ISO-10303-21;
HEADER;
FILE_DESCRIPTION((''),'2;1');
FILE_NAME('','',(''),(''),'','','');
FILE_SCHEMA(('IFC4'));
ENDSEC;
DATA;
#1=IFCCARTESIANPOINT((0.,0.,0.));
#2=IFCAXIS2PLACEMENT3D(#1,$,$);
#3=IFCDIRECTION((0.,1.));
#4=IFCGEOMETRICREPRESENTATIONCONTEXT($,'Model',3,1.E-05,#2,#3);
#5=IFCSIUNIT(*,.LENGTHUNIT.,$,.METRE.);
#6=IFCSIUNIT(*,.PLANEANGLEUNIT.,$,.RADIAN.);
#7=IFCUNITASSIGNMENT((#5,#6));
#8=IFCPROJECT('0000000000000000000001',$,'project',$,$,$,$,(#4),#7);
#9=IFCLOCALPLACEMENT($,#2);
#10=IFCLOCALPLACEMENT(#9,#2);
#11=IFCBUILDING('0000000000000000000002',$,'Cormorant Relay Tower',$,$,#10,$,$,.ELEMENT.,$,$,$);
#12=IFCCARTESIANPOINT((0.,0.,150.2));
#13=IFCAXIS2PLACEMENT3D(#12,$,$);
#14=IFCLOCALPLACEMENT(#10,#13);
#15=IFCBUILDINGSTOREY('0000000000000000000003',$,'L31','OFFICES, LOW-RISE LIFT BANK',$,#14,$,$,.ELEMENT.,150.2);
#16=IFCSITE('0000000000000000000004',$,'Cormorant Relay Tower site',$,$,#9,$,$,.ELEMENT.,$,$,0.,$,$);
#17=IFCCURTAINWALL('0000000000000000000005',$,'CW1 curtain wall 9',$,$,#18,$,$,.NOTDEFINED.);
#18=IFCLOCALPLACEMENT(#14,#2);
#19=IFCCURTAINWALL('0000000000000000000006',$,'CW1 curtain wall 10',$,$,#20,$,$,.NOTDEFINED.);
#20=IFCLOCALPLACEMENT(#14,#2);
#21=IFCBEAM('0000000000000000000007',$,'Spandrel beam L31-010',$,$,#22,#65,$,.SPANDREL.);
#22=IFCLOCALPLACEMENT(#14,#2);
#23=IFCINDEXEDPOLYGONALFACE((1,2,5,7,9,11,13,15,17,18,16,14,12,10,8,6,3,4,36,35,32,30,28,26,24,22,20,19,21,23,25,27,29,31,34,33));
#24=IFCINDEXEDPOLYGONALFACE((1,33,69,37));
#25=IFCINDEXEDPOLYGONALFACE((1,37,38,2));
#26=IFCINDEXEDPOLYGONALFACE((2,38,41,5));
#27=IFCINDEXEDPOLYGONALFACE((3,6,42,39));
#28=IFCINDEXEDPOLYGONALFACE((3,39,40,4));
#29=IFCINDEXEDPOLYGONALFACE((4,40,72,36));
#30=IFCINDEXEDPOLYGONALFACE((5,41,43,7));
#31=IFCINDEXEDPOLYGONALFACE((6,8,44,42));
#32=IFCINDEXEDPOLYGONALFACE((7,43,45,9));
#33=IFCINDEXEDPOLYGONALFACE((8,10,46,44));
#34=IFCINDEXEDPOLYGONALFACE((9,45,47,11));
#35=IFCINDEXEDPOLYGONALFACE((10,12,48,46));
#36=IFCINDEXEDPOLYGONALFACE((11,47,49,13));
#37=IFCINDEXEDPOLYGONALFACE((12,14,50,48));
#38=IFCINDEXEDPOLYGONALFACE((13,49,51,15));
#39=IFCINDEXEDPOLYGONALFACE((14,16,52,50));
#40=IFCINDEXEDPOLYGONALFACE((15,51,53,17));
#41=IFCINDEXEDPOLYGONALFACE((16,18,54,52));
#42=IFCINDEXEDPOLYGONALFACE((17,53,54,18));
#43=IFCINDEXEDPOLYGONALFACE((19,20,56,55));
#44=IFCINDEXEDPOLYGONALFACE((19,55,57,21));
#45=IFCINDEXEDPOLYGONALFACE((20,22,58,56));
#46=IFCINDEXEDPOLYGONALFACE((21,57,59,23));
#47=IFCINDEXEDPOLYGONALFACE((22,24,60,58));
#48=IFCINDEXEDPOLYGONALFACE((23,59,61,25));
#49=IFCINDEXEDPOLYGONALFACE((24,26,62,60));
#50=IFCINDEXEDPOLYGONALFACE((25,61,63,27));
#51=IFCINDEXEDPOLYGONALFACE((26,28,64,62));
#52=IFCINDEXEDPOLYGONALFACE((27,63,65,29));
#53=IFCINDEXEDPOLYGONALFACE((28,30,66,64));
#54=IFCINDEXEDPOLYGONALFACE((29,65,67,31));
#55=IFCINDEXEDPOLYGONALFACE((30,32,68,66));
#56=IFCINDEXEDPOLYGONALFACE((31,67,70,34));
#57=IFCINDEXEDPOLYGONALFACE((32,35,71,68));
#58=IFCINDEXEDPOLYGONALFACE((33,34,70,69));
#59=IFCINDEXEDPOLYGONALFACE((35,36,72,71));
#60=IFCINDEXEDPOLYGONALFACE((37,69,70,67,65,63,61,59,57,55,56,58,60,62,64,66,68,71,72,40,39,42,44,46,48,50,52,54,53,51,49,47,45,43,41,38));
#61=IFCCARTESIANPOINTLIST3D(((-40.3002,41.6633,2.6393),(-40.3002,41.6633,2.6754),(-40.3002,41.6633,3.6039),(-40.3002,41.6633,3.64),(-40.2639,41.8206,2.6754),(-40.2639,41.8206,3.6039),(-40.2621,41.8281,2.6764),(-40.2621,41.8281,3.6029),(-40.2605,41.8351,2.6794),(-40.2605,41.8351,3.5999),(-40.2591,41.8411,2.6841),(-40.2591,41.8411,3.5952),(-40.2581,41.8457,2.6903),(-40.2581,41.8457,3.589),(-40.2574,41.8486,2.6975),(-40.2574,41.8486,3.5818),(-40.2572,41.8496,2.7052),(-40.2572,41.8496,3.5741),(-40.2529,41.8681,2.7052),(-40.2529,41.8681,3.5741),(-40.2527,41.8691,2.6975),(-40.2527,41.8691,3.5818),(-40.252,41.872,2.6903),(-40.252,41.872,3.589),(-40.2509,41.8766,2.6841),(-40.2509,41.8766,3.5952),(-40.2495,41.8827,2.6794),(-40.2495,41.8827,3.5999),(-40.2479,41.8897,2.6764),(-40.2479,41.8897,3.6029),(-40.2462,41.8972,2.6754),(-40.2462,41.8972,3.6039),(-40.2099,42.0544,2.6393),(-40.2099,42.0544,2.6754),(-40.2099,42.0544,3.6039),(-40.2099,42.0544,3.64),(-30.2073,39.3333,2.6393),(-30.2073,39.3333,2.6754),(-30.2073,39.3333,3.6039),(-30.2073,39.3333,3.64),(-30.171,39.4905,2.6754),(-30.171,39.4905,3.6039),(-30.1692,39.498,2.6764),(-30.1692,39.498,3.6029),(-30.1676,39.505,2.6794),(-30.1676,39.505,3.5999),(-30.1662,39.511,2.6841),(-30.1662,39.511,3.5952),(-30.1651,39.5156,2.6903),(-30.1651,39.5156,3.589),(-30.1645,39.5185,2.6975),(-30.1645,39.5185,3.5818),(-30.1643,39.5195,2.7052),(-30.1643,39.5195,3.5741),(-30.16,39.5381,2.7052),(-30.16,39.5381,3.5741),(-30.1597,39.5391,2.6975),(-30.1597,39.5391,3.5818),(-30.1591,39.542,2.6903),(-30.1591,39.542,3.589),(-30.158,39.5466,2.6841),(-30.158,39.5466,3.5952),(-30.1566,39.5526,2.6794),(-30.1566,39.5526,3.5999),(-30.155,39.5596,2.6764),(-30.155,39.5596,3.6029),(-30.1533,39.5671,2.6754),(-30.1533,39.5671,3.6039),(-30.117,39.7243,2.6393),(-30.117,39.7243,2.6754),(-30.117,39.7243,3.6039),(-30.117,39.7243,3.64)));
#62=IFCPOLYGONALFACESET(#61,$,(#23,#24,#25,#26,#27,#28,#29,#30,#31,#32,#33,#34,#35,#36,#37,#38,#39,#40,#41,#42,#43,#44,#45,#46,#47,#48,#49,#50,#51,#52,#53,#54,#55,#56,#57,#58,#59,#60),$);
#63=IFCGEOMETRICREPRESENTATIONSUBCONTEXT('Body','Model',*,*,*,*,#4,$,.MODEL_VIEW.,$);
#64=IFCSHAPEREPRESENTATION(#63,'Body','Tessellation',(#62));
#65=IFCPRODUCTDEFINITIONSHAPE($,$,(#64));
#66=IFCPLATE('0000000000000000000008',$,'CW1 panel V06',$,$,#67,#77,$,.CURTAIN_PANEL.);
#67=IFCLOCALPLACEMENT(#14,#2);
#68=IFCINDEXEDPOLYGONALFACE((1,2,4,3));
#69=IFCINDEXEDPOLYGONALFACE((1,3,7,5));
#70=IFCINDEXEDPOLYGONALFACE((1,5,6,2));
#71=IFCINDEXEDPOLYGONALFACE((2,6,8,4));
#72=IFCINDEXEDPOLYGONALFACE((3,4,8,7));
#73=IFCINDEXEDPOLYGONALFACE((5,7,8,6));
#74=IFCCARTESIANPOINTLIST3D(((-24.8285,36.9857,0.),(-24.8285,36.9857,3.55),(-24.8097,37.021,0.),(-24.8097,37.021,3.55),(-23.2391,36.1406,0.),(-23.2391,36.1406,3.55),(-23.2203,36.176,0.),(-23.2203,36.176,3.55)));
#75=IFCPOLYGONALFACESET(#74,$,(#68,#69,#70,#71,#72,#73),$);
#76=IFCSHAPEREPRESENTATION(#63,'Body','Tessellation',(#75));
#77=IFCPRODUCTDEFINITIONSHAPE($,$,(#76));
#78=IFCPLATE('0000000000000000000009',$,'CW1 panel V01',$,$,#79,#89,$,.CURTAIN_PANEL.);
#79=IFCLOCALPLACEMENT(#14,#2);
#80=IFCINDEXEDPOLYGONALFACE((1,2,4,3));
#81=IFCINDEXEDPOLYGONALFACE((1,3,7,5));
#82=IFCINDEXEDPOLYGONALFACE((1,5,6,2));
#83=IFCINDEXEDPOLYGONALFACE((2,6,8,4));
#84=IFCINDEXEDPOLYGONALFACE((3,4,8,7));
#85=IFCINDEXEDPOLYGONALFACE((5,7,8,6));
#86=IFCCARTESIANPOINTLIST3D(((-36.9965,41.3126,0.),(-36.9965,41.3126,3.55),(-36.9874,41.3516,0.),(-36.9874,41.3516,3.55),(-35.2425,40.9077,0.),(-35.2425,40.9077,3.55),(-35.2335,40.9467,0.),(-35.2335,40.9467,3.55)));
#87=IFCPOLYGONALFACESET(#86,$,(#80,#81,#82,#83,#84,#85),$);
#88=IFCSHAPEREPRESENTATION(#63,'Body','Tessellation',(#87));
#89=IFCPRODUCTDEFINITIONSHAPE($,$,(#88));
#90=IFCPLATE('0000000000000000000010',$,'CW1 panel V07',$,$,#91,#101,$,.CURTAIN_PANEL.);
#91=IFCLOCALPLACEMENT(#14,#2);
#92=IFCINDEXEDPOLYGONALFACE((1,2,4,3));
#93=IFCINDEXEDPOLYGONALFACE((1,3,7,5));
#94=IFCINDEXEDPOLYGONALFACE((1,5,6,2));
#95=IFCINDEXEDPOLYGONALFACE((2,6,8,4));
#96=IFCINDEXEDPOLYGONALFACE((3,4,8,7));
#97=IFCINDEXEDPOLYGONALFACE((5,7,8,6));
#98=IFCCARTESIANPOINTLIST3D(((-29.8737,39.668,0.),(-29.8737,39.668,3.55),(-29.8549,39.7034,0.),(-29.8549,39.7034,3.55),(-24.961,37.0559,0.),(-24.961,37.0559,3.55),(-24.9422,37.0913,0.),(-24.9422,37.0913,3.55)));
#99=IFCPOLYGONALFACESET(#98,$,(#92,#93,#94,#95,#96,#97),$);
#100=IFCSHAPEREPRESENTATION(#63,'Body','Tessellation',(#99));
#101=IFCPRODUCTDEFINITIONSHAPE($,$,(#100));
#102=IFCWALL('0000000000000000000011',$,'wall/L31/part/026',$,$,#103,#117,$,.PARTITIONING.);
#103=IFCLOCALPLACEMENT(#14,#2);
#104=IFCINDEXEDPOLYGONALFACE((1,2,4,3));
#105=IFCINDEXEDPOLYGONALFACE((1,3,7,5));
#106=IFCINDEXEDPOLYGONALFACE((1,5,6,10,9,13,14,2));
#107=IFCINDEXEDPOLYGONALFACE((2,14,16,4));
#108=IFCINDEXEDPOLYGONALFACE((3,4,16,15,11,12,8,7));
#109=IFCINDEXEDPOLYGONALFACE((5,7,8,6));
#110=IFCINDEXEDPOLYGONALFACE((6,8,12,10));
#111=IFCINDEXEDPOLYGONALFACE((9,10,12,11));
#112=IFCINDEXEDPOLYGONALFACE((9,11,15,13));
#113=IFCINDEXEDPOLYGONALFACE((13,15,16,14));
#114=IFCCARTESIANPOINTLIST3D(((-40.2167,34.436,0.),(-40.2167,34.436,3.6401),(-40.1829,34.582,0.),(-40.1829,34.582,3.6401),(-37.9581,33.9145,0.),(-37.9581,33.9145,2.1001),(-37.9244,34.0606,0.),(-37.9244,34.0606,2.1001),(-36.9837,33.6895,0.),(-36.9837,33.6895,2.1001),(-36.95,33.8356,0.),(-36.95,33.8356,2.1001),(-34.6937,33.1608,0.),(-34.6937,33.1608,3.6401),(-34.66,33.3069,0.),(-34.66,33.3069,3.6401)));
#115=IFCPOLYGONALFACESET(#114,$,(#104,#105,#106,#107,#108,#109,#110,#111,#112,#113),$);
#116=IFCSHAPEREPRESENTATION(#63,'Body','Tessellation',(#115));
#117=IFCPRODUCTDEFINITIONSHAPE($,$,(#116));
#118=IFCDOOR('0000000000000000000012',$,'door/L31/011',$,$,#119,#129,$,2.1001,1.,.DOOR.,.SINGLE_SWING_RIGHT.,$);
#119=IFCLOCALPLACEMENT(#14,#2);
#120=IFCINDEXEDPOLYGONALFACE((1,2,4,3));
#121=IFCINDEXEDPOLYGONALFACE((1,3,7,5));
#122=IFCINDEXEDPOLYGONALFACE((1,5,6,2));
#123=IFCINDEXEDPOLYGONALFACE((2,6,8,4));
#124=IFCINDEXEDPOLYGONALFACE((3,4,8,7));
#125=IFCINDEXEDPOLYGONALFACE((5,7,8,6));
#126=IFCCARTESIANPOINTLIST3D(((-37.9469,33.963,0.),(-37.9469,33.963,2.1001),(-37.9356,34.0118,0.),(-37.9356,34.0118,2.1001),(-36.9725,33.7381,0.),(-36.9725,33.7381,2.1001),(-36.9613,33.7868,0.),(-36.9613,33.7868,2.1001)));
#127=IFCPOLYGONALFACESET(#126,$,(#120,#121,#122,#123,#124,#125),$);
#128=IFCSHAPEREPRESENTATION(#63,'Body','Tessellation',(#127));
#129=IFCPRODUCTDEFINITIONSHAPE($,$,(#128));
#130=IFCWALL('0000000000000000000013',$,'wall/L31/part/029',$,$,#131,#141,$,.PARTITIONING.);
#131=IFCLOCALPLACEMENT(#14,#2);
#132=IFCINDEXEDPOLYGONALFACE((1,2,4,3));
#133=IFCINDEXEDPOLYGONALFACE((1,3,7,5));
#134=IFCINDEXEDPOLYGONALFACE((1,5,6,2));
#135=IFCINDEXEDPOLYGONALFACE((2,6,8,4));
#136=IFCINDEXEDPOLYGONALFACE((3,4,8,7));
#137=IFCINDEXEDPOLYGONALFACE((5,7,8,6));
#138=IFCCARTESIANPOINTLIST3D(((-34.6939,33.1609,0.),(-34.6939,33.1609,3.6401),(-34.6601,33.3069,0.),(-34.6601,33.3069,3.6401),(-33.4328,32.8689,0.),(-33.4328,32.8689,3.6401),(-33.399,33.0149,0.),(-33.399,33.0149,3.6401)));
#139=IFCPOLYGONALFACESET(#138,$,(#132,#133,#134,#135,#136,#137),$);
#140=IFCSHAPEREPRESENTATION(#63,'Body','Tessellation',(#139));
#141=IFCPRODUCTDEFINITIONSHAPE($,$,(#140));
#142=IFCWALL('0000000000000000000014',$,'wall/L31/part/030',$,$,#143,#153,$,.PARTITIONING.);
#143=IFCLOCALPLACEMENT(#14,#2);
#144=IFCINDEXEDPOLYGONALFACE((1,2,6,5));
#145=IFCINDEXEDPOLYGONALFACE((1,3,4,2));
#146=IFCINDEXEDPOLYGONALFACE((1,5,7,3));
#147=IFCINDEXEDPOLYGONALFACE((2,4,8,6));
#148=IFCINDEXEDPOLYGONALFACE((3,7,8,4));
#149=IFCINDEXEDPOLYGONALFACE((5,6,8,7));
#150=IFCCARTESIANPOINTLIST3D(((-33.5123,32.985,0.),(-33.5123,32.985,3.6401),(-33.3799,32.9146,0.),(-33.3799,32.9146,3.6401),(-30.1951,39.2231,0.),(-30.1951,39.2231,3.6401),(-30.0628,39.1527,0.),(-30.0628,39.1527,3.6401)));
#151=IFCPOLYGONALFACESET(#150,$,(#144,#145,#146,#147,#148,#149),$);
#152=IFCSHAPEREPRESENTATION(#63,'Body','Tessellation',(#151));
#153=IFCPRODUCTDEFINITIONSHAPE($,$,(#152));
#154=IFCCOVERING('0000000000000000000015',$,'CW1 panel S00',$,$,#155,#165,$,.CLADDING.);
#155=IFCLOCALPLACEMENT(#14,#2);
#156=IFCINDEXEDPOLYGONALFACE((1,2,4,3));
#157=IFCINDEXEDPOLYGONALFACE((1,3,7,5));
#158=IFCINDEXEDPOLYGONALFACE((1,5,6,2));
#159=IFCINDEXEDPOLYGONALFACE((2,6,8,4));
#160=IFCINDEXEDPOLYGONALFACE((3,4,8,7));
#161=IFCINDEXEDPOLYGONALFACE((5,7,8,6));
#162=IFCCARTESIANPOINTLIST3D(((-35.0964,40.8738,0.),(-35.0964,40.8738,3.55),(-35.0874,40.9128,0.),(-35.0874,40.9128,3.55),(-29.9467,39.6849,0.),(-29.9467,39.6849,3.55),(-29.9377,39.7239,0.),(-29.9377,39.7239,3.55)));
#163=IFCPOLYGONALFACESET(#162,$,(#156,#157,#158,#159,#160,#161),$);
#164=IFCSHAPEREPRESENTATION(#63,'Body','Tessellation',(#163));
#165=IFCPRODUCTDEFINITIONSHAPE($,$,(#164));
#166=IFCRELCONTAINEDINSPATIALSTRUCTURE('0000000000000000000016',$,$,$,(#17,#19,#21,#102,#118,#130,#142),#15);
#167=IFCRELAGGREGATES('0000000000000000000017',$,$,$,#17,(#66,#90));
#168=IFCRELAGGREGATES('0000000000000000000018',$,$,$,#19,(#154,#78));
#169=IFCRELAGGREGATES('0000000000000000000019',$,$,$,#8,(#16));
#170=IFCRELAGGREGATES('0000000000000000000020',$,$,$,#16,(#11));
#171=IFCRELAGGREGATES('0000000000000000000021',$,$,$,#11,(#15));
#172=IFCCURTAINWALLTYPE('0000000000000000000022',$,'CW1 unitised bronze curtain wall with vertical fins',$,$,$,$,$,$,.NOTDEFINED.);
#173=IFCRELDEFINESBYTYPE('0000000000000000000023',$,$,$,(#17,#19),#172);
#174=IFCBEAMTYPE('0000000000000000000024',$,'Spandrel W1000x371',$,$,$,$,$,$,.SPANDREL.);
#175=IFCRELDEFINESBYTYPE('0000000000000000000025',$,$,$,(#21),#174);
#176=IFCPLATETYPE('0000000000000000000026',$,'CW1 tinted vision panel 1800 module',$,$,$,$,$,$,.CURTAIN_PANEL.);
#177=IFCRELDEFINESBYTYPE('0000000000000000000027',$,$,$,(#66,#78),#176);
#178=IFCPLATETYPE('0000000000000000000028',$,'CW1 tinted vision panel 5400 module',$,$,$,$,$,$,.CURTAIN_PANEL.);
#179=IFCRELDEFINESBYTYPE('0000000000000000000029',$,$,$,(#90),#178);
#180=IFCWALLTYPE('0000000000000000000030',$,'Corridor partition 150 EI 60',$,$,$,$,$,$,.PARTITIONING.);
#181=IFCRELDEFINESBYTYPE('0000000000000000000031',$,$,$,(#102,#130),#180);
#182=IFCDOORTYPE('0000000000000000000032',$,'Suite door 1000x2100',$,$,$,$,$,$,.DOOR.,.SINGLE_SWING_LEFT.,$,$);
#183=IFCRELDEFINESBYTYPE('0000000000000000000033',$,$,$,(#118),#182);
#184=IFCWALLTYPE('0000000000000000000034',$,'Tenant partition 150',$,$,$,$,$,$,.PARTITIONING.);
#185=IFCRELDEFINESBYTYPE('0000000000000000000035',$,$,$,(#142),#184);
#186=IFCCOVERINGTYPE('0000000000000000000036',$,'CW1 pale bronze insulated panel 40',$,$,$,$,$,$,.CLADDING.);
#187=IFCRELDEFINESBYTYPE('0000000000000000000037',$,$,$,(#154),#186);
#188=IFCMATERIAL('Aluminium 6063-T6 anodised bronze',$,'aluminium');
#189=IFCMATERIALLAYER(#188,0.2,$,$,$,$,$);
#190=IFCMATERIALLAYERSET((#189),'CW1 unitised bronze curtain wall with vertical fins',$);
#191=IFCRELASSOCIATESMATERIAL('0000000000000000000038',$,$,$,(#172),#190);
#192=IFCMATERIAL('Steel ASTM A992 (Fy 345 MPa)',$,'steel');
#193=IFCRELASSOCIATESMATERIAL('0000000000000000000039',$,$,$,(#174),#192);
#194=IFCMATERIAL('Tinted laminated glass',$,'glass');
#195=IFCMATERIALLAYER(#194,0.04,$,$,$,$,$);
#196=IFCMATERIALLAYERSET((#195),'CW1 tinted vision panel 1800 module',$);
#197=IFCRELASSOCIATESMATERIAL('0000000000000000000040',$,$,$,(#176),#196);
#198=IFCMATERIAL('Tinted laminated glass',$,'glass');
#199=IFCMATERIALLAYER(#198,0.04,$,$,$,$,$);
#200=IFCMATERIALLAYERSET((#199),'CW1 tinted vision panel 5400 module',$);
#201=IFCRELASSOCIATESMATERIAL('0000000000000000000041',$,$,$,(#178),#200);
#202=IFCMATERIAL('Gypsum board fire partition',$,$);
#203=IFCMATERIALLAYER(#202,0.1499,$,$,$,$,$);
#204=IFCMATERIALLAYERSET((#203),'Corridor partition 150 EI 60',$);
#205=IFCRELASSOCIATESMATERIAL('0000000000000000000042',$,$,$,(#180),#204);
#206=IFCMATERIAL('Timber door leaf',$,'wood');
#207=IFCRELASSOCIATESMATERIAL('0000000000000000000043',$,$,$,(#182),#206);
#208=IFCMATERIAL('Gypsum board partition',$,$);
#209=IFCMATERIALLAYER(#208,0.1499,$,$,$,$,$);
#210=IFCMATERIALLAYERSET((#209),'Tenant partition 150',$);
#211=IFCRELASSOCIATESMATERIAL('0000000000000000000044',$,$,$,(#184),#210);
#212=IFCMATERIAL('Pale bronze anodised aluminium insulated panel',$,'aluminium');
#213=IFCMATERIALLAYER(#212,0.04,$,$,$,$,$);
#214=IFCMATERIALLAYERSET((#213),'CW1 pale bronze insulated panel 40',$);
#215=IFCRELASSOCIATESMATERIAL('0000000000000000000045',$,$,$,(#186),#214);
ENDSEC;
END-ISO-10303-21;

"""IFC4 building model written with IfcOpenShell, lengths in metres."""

from ifc_helpers import new_model, si_unit, direction, frame, frame_2d, origin, origin_2d, place, context, subcontext, project, spatial, rectangle, i_section, extrude, material, layer, layer_set, material_profile, profile_set, type_object, element, fill, aggregate, save


model = new_model("IFC4")

# Units and contexts
model_context = context("Model", 3, precision=1e-05, world=origin(), true_north=direction((0.0, 1.0)))
body_context = subcontext(model_context, "Body", "Model", "MODEL_VIEW")
ifc_project = project(units=[si_unit("LENGTHUNIT", "METRE"), si_unit("PLANEANGLEUNIT", "RADIAN")], contexts=[model_context])

# Site, building, storey
site_placement = place(None, origin())
site = spatial("IfcSite", under=ifc_project, at=site_placement, Name="Cormorant Relay Tower site", CompositionType="ELEMENT", RefElevation=0.0)
building_placement = place(site_placement, origin())
building = spatial("IfcBuilding", under=site, at=building_placement, Name="Cormorant Relay Tower", CompositionType="ELEMENT")
storey_placement = place(building_placement, frame((0.0, 0.0, 150.2)))
storey = spatial("IfcBuildingStorey", under=building, at=storey_placement, Name="L31", Description="OFFICES, LOW-RISE LIFT BANK", CompositionType="ELEMENT", Elevation=150.2)

# Curtain wall
ifc_material_1 = material(Name="Aluminium 6063-T6 anodised bronze", Category="aluminium")
ifc_layer_1 = layer(ifc_material_1, 0.2)
ifc_layer_set_1 = layer_set([ifc_layer_1], Name="CW1 unitised bronze curtain wall with vertical fins")
curtain_wall_type = type_object("IfcCurtainWallType", Name="CW1 unitised bronze curtain wall with vertical fins", PredefinedType="NOTDEFINED", material=ifc_layer_set_1)
curtain_wall_1_placement = place(storey_placement, origin())
curtain_wall_1 = element("IfcCurtainWall", 1, at=curtain_wall_1_placement, inside=storey, type_object=curtain_wall_type, Name="CW1 curtain wall 9", PredefinedType="NOTDEFINED")

# Curtain wall
curtain_wall_2_placement = place(storey_placement, origin())
curtain_wall_2 = element("IfcCurtainWall", 2, at=curtain_wall_2_placement, inside=storey, type_object=curtain_wall_type, Name="CW1 curtain wall 10", PredefinedType="NOTDEFINED")

# Beam
ifc_material_2 = material(Name="Steel ASTM A992 (Fy 345 MPa)", Category="steel")
ifc_material_profile_1 = material_profile(ifc_material_2, i_section(OverallWidth=0.4014, OverallDepth=1.0007, WebThickness=0.019, FlangeThickness=0.0361, FilletRadius=0.0298, at=origin_2d()), Name="W1000x371")
ifc_profile_set_1 = profile_set([ifc_material_profile_1], Name="Steel ASTM A992 (Fy 345 MPa)")
beam_type = type_object("IfcBeamType", Name="Spandrel W1000x371", PredefinedType="SPANDREL", material=ifc_profile_set_1)
beam_placement = place(storey_placement, frame((-30.1621, 39.5288, 3.1396), z_axis=(-0.974372, 0.224944, 0.0), x_axis=(-0.224944, -0.974372, 0.0)))
element("IfcBeam", 3, at=beam_placement, inside=storey, type_object=beam_type, Name="Spandrel beam L31-010", PredefinedType="SPANDREL", context=body_context, shape_type="SweptSolid", body=[
    extrude(i_section(OverallWidth=0.4014, OverallDepth=1.0007, WebThickness=0.019, FlangeThickness=0.0361, FilletRadius=0.0298, at=origin_2d()), origin(), (0.0, 0.0, 1.0), 10.3584),
])

# Plates
ifc_material_3 = material(Name="Tinted laminated glass", Category="glass")
ifc_layer_2 = layer(ifc_material_3, 0.04)
ifc_layer_set_2 = layer_set([ifc_layer_2], Name="CW1 tinted vision panel 1800 module")
plate_type_1 = type_object("IfcPlateType", Name="CW1 tinted vision panel 1800 module", PredefinedType="CURTAIN_PANEL", material=ifc_layer_set_2)
plate_1_placement = place(storey_placement, frame((-24.0244, 36.5808, 0.0), z_axis=(0.0, 0.0, 1.0), x_axis=(-0.882948, 0.469472, 0.0)))
plate_1 = element("IfcPlate", 4, at=plate_1_placement, type_object=plate_type_1, Name="CW1 panel V06", PredefinedType="CURTAIN_PANEL", context=body_context, shape_type="SweptSolid", body=[
    extrude(rectangle(XDim=1.8, YDim=0.04, at=origin_2d()), origin(), (0.0, 0.0, 1.0), 3.55),
])
plate_2_placement = place(storey_placement, frame((-36.115, 41.1296, 0.0), z_axis=(0.0, 0.0, 1.0), x_axis=(-0.97437, 0.224951, 0.0)))
plate_2 = element("IfcPlate", 5, at=plate_2_placement, type_object=plate_type_1, Name="CW1 panel V01", PredefinedType="CURTAIN_PANEL", context=body_context, shape_type="SweptSolid", body=[
    extrude(rectangle(XDim=1.8, YDim=0.04, at=origin_2d()), origin(), (0.0, 0.0, 1.0), 3.55),
])
ifc_material_4 = material(Name="Tinted laminated glass", Category="glass")
ifc_layer_3 = layer(ifc_material_4, 0.04)
ifc_layer_set_3 = layer_set([ifc_layer_3], Name="CW1 tinted vision panel 5400 module")
plate_type_2 = type_object("IfcPlateType", Name="CW1 tinted vision panel 5400 module", PredefinedType="CURTAIN_PANEL", material=ifc_layer_set_3)
plate_3_placement = place(storey_placement, frame((-27.408, 38.3796, 0.0), z_axis=(0.0, 0.0, 1.0), x_axis=(-0.882948, 0.469472, 0.0)))
plate_3 = element("IfcPlate", 6, at=plate_3_placement, type_object=plate_type_2, Name="CW1 panel V07", PredefinedType="CURTAIN_PANEL", context=body_context, shape_type="SweptSolid", body=[
    extrude(rectangle(XDim=5.564, YDim=0.04, at=origin_2d()), origin(), (0.0, 0.0, 1.0), 3.55),
])
aggregate(curtain_wall_1, [plate_1, plate_3])

# Wall, opening, door
ifc_material_5 = material(Name="Gypsum board fire partition")
ifc_layer_4 = layer(ifc_material_5, 0.1499)
ifc_layer_set_4 = layer_set([ifc_layer_4], Name="Corridor partition 150 EI 60")
wall_type_1 = type_object("IfcWallType", Name="Corridor partition 150 EI 60", PredefinedType="PARTITIONING", material=ifc_layer_set_4)
wall_1_placement = place(storey_placement, frame((-34.677, 33.2339, 0.0), z_axis=(0.0, 0.0, 1.0), x_axis=(-0.974367, 0.224963, 0.0)))
wall_1 = element("IfcWall", 7, at=wall_1_placement, inside=storey, type_object=wall_type_1, Name="wall/L31/part/026", PredefinedType="PARTITIONING", context=body_context, shape_type="SweptSolid", body=[
    extrude(rectangle(XDim=5.6682, YDim=0.1499, at=frame_2d((2.834, 0.0))), origin(), (0.0, 0.0, 1.0), 3.6401),
])
opening_placement = place(wall_1_placement, frame((2.3501, 0.0, 0.0)))
opening = element("IfcOpeningElement", 8, at=opening_placement, cuts=wall_1, PredefinedType="OPENING", context=body_context, shape_type="SweptSolid", body=[
    extrude(rectangle(XDim=1.0, YDim=2.1001, at=frame_2d((0.5, 1.05))), frame((0.0, 0.085, 0.0), z_axis=(0.0, -1.0, 0.0), x_axis=(1.0, 0.0, 0.0)), (0.0, 0.0, 1.0), 0.1699),
])
ifc_material_6 = material(Name="Timber door leaf", Category="wood")
door_type = type_object("IfcDoorType", Name="Suite door 1000x2100", OperationType="SINGLE_SWING_LEFT", PredefinedType="DOOR", material=ifc_material_6)
door_placement = place(opening_placement, frame((1.0, 0.0, 0.0), z_axis=(0.0, 0.0, 1.0), x_axis=(-1.0, 0.0, 0.0)))
door = element("IfcDoor", 9, at=door_placement, inside=storey, type_object=door_type, Name="door/L31/011", OperationType="SINGLE_SWING_RIGHT", OverallHeight=2.1001, OverallWidth=1.0, PredefinedType="DOOR", context=body_context, shape_type="SweptSolid", body=[
    extrude(rectangle(XDim=1.0, YDim=2.1001, at=frame_2d((0.5, 1.05))), frame((0.0, 0.0249, 0.0), z_axis=(0.0, -1.0, 0.0), x_axis=(1.0, 0.0, 0.0)), (0.0, 0.0, 1.0), 0.05),
])
fill(opening, door)

# Walls
wall_2_placement = place(storey_placement, frame((-34.677, 33.2339, 0.0), z_axis=(0.0, 0.0, 1.0), x_axis=(0.974222, -0.22559, 0.0)))
element("IfcWall", 10, at=wall_2_placement, inside=storey, type_object=wall_type_1, Name="wall/L31/part/029", PredefinedType="PARTITIONING", context=body_context, shape_type="SweptSolid", body=[
    extrude(rectangle(XDim=1.2944, YDim=0.1499, at=frame_2d((0.6472, 0.0))), origin(), (0.0, 0.0, 1.0), 3.6401),
])
ifc_material_7 = material(Name="Gypsum board partition")
ifc_layer_5 = layer(ifc_material_7, 0.1499)
ifc_layer_set_5 = layer_set([ifc_layer_5], Name="Tenant partition 150")
wall_type_2 = type_object("IfcWallType", Name="Tenant partition 150", PredefinedType="PARTITIONING", material=ifc_layer_set_5)
wall_3_placement = place(storey_placement, frame((-30.1289, 39.188, 0.0), z_axis=(0.0, 0.0, 1.0), x_axis=(-0.469506, -0.882929, 0.0)))
element("IfcWall", 11, at=wall_3_placement, inside=storey, type_object=wall_type_2, Name="wall/L31/part/030", PredefinedType="PARTITIONING", context=body_context, shape_type="SweptSolid", body=[
    extrude(rectangle(XDim=7.0652, YDim=0.1499, at=frame_2d((3.5327, 0.0))), origin(), (0.0, 0.0, 1.0), 3.6401),
])

# Covering
ifc_material_8 = material(Name="Pale bronze anodised aluminium insulated panel", Category="aluminium")
ifc_layer_6 = layer(ifc_material_8, 0.04)
ifc_layer_set_6 = layer_set([ifc_layer_6], Name="CW1 pale bronze insulated panel 40")
covering_type = type_object("IfcCoveringType", Name="CW1 pale bronze insulated panel 40", PredefinedType="CLADDING", material=ifc_layer_set_6)
covering_placement = place(storey_placement, frame((-32.5171, 40.2988, 0.0), z_axis=(0.0, 0.0, 1.0), x_axis=(-0.97437, 0.224951, 0.0)))
covering = element("IfcCovering", 12, at=covering_placement, type_object=covering_type, Name="CW1 panel S00", PredefinedType="CLADDING", context=body_context, shape_type="SweptSolid", body=[
    extrude(rectangle(XDim=5.2852, YDim=0.04, at=origin_2d()), origin(), (0.0, 0.0, 1.0), 3.55),
])
aggregate(curtain_wall_2, [covering, plate_2])

save(model, "model.ifc")
